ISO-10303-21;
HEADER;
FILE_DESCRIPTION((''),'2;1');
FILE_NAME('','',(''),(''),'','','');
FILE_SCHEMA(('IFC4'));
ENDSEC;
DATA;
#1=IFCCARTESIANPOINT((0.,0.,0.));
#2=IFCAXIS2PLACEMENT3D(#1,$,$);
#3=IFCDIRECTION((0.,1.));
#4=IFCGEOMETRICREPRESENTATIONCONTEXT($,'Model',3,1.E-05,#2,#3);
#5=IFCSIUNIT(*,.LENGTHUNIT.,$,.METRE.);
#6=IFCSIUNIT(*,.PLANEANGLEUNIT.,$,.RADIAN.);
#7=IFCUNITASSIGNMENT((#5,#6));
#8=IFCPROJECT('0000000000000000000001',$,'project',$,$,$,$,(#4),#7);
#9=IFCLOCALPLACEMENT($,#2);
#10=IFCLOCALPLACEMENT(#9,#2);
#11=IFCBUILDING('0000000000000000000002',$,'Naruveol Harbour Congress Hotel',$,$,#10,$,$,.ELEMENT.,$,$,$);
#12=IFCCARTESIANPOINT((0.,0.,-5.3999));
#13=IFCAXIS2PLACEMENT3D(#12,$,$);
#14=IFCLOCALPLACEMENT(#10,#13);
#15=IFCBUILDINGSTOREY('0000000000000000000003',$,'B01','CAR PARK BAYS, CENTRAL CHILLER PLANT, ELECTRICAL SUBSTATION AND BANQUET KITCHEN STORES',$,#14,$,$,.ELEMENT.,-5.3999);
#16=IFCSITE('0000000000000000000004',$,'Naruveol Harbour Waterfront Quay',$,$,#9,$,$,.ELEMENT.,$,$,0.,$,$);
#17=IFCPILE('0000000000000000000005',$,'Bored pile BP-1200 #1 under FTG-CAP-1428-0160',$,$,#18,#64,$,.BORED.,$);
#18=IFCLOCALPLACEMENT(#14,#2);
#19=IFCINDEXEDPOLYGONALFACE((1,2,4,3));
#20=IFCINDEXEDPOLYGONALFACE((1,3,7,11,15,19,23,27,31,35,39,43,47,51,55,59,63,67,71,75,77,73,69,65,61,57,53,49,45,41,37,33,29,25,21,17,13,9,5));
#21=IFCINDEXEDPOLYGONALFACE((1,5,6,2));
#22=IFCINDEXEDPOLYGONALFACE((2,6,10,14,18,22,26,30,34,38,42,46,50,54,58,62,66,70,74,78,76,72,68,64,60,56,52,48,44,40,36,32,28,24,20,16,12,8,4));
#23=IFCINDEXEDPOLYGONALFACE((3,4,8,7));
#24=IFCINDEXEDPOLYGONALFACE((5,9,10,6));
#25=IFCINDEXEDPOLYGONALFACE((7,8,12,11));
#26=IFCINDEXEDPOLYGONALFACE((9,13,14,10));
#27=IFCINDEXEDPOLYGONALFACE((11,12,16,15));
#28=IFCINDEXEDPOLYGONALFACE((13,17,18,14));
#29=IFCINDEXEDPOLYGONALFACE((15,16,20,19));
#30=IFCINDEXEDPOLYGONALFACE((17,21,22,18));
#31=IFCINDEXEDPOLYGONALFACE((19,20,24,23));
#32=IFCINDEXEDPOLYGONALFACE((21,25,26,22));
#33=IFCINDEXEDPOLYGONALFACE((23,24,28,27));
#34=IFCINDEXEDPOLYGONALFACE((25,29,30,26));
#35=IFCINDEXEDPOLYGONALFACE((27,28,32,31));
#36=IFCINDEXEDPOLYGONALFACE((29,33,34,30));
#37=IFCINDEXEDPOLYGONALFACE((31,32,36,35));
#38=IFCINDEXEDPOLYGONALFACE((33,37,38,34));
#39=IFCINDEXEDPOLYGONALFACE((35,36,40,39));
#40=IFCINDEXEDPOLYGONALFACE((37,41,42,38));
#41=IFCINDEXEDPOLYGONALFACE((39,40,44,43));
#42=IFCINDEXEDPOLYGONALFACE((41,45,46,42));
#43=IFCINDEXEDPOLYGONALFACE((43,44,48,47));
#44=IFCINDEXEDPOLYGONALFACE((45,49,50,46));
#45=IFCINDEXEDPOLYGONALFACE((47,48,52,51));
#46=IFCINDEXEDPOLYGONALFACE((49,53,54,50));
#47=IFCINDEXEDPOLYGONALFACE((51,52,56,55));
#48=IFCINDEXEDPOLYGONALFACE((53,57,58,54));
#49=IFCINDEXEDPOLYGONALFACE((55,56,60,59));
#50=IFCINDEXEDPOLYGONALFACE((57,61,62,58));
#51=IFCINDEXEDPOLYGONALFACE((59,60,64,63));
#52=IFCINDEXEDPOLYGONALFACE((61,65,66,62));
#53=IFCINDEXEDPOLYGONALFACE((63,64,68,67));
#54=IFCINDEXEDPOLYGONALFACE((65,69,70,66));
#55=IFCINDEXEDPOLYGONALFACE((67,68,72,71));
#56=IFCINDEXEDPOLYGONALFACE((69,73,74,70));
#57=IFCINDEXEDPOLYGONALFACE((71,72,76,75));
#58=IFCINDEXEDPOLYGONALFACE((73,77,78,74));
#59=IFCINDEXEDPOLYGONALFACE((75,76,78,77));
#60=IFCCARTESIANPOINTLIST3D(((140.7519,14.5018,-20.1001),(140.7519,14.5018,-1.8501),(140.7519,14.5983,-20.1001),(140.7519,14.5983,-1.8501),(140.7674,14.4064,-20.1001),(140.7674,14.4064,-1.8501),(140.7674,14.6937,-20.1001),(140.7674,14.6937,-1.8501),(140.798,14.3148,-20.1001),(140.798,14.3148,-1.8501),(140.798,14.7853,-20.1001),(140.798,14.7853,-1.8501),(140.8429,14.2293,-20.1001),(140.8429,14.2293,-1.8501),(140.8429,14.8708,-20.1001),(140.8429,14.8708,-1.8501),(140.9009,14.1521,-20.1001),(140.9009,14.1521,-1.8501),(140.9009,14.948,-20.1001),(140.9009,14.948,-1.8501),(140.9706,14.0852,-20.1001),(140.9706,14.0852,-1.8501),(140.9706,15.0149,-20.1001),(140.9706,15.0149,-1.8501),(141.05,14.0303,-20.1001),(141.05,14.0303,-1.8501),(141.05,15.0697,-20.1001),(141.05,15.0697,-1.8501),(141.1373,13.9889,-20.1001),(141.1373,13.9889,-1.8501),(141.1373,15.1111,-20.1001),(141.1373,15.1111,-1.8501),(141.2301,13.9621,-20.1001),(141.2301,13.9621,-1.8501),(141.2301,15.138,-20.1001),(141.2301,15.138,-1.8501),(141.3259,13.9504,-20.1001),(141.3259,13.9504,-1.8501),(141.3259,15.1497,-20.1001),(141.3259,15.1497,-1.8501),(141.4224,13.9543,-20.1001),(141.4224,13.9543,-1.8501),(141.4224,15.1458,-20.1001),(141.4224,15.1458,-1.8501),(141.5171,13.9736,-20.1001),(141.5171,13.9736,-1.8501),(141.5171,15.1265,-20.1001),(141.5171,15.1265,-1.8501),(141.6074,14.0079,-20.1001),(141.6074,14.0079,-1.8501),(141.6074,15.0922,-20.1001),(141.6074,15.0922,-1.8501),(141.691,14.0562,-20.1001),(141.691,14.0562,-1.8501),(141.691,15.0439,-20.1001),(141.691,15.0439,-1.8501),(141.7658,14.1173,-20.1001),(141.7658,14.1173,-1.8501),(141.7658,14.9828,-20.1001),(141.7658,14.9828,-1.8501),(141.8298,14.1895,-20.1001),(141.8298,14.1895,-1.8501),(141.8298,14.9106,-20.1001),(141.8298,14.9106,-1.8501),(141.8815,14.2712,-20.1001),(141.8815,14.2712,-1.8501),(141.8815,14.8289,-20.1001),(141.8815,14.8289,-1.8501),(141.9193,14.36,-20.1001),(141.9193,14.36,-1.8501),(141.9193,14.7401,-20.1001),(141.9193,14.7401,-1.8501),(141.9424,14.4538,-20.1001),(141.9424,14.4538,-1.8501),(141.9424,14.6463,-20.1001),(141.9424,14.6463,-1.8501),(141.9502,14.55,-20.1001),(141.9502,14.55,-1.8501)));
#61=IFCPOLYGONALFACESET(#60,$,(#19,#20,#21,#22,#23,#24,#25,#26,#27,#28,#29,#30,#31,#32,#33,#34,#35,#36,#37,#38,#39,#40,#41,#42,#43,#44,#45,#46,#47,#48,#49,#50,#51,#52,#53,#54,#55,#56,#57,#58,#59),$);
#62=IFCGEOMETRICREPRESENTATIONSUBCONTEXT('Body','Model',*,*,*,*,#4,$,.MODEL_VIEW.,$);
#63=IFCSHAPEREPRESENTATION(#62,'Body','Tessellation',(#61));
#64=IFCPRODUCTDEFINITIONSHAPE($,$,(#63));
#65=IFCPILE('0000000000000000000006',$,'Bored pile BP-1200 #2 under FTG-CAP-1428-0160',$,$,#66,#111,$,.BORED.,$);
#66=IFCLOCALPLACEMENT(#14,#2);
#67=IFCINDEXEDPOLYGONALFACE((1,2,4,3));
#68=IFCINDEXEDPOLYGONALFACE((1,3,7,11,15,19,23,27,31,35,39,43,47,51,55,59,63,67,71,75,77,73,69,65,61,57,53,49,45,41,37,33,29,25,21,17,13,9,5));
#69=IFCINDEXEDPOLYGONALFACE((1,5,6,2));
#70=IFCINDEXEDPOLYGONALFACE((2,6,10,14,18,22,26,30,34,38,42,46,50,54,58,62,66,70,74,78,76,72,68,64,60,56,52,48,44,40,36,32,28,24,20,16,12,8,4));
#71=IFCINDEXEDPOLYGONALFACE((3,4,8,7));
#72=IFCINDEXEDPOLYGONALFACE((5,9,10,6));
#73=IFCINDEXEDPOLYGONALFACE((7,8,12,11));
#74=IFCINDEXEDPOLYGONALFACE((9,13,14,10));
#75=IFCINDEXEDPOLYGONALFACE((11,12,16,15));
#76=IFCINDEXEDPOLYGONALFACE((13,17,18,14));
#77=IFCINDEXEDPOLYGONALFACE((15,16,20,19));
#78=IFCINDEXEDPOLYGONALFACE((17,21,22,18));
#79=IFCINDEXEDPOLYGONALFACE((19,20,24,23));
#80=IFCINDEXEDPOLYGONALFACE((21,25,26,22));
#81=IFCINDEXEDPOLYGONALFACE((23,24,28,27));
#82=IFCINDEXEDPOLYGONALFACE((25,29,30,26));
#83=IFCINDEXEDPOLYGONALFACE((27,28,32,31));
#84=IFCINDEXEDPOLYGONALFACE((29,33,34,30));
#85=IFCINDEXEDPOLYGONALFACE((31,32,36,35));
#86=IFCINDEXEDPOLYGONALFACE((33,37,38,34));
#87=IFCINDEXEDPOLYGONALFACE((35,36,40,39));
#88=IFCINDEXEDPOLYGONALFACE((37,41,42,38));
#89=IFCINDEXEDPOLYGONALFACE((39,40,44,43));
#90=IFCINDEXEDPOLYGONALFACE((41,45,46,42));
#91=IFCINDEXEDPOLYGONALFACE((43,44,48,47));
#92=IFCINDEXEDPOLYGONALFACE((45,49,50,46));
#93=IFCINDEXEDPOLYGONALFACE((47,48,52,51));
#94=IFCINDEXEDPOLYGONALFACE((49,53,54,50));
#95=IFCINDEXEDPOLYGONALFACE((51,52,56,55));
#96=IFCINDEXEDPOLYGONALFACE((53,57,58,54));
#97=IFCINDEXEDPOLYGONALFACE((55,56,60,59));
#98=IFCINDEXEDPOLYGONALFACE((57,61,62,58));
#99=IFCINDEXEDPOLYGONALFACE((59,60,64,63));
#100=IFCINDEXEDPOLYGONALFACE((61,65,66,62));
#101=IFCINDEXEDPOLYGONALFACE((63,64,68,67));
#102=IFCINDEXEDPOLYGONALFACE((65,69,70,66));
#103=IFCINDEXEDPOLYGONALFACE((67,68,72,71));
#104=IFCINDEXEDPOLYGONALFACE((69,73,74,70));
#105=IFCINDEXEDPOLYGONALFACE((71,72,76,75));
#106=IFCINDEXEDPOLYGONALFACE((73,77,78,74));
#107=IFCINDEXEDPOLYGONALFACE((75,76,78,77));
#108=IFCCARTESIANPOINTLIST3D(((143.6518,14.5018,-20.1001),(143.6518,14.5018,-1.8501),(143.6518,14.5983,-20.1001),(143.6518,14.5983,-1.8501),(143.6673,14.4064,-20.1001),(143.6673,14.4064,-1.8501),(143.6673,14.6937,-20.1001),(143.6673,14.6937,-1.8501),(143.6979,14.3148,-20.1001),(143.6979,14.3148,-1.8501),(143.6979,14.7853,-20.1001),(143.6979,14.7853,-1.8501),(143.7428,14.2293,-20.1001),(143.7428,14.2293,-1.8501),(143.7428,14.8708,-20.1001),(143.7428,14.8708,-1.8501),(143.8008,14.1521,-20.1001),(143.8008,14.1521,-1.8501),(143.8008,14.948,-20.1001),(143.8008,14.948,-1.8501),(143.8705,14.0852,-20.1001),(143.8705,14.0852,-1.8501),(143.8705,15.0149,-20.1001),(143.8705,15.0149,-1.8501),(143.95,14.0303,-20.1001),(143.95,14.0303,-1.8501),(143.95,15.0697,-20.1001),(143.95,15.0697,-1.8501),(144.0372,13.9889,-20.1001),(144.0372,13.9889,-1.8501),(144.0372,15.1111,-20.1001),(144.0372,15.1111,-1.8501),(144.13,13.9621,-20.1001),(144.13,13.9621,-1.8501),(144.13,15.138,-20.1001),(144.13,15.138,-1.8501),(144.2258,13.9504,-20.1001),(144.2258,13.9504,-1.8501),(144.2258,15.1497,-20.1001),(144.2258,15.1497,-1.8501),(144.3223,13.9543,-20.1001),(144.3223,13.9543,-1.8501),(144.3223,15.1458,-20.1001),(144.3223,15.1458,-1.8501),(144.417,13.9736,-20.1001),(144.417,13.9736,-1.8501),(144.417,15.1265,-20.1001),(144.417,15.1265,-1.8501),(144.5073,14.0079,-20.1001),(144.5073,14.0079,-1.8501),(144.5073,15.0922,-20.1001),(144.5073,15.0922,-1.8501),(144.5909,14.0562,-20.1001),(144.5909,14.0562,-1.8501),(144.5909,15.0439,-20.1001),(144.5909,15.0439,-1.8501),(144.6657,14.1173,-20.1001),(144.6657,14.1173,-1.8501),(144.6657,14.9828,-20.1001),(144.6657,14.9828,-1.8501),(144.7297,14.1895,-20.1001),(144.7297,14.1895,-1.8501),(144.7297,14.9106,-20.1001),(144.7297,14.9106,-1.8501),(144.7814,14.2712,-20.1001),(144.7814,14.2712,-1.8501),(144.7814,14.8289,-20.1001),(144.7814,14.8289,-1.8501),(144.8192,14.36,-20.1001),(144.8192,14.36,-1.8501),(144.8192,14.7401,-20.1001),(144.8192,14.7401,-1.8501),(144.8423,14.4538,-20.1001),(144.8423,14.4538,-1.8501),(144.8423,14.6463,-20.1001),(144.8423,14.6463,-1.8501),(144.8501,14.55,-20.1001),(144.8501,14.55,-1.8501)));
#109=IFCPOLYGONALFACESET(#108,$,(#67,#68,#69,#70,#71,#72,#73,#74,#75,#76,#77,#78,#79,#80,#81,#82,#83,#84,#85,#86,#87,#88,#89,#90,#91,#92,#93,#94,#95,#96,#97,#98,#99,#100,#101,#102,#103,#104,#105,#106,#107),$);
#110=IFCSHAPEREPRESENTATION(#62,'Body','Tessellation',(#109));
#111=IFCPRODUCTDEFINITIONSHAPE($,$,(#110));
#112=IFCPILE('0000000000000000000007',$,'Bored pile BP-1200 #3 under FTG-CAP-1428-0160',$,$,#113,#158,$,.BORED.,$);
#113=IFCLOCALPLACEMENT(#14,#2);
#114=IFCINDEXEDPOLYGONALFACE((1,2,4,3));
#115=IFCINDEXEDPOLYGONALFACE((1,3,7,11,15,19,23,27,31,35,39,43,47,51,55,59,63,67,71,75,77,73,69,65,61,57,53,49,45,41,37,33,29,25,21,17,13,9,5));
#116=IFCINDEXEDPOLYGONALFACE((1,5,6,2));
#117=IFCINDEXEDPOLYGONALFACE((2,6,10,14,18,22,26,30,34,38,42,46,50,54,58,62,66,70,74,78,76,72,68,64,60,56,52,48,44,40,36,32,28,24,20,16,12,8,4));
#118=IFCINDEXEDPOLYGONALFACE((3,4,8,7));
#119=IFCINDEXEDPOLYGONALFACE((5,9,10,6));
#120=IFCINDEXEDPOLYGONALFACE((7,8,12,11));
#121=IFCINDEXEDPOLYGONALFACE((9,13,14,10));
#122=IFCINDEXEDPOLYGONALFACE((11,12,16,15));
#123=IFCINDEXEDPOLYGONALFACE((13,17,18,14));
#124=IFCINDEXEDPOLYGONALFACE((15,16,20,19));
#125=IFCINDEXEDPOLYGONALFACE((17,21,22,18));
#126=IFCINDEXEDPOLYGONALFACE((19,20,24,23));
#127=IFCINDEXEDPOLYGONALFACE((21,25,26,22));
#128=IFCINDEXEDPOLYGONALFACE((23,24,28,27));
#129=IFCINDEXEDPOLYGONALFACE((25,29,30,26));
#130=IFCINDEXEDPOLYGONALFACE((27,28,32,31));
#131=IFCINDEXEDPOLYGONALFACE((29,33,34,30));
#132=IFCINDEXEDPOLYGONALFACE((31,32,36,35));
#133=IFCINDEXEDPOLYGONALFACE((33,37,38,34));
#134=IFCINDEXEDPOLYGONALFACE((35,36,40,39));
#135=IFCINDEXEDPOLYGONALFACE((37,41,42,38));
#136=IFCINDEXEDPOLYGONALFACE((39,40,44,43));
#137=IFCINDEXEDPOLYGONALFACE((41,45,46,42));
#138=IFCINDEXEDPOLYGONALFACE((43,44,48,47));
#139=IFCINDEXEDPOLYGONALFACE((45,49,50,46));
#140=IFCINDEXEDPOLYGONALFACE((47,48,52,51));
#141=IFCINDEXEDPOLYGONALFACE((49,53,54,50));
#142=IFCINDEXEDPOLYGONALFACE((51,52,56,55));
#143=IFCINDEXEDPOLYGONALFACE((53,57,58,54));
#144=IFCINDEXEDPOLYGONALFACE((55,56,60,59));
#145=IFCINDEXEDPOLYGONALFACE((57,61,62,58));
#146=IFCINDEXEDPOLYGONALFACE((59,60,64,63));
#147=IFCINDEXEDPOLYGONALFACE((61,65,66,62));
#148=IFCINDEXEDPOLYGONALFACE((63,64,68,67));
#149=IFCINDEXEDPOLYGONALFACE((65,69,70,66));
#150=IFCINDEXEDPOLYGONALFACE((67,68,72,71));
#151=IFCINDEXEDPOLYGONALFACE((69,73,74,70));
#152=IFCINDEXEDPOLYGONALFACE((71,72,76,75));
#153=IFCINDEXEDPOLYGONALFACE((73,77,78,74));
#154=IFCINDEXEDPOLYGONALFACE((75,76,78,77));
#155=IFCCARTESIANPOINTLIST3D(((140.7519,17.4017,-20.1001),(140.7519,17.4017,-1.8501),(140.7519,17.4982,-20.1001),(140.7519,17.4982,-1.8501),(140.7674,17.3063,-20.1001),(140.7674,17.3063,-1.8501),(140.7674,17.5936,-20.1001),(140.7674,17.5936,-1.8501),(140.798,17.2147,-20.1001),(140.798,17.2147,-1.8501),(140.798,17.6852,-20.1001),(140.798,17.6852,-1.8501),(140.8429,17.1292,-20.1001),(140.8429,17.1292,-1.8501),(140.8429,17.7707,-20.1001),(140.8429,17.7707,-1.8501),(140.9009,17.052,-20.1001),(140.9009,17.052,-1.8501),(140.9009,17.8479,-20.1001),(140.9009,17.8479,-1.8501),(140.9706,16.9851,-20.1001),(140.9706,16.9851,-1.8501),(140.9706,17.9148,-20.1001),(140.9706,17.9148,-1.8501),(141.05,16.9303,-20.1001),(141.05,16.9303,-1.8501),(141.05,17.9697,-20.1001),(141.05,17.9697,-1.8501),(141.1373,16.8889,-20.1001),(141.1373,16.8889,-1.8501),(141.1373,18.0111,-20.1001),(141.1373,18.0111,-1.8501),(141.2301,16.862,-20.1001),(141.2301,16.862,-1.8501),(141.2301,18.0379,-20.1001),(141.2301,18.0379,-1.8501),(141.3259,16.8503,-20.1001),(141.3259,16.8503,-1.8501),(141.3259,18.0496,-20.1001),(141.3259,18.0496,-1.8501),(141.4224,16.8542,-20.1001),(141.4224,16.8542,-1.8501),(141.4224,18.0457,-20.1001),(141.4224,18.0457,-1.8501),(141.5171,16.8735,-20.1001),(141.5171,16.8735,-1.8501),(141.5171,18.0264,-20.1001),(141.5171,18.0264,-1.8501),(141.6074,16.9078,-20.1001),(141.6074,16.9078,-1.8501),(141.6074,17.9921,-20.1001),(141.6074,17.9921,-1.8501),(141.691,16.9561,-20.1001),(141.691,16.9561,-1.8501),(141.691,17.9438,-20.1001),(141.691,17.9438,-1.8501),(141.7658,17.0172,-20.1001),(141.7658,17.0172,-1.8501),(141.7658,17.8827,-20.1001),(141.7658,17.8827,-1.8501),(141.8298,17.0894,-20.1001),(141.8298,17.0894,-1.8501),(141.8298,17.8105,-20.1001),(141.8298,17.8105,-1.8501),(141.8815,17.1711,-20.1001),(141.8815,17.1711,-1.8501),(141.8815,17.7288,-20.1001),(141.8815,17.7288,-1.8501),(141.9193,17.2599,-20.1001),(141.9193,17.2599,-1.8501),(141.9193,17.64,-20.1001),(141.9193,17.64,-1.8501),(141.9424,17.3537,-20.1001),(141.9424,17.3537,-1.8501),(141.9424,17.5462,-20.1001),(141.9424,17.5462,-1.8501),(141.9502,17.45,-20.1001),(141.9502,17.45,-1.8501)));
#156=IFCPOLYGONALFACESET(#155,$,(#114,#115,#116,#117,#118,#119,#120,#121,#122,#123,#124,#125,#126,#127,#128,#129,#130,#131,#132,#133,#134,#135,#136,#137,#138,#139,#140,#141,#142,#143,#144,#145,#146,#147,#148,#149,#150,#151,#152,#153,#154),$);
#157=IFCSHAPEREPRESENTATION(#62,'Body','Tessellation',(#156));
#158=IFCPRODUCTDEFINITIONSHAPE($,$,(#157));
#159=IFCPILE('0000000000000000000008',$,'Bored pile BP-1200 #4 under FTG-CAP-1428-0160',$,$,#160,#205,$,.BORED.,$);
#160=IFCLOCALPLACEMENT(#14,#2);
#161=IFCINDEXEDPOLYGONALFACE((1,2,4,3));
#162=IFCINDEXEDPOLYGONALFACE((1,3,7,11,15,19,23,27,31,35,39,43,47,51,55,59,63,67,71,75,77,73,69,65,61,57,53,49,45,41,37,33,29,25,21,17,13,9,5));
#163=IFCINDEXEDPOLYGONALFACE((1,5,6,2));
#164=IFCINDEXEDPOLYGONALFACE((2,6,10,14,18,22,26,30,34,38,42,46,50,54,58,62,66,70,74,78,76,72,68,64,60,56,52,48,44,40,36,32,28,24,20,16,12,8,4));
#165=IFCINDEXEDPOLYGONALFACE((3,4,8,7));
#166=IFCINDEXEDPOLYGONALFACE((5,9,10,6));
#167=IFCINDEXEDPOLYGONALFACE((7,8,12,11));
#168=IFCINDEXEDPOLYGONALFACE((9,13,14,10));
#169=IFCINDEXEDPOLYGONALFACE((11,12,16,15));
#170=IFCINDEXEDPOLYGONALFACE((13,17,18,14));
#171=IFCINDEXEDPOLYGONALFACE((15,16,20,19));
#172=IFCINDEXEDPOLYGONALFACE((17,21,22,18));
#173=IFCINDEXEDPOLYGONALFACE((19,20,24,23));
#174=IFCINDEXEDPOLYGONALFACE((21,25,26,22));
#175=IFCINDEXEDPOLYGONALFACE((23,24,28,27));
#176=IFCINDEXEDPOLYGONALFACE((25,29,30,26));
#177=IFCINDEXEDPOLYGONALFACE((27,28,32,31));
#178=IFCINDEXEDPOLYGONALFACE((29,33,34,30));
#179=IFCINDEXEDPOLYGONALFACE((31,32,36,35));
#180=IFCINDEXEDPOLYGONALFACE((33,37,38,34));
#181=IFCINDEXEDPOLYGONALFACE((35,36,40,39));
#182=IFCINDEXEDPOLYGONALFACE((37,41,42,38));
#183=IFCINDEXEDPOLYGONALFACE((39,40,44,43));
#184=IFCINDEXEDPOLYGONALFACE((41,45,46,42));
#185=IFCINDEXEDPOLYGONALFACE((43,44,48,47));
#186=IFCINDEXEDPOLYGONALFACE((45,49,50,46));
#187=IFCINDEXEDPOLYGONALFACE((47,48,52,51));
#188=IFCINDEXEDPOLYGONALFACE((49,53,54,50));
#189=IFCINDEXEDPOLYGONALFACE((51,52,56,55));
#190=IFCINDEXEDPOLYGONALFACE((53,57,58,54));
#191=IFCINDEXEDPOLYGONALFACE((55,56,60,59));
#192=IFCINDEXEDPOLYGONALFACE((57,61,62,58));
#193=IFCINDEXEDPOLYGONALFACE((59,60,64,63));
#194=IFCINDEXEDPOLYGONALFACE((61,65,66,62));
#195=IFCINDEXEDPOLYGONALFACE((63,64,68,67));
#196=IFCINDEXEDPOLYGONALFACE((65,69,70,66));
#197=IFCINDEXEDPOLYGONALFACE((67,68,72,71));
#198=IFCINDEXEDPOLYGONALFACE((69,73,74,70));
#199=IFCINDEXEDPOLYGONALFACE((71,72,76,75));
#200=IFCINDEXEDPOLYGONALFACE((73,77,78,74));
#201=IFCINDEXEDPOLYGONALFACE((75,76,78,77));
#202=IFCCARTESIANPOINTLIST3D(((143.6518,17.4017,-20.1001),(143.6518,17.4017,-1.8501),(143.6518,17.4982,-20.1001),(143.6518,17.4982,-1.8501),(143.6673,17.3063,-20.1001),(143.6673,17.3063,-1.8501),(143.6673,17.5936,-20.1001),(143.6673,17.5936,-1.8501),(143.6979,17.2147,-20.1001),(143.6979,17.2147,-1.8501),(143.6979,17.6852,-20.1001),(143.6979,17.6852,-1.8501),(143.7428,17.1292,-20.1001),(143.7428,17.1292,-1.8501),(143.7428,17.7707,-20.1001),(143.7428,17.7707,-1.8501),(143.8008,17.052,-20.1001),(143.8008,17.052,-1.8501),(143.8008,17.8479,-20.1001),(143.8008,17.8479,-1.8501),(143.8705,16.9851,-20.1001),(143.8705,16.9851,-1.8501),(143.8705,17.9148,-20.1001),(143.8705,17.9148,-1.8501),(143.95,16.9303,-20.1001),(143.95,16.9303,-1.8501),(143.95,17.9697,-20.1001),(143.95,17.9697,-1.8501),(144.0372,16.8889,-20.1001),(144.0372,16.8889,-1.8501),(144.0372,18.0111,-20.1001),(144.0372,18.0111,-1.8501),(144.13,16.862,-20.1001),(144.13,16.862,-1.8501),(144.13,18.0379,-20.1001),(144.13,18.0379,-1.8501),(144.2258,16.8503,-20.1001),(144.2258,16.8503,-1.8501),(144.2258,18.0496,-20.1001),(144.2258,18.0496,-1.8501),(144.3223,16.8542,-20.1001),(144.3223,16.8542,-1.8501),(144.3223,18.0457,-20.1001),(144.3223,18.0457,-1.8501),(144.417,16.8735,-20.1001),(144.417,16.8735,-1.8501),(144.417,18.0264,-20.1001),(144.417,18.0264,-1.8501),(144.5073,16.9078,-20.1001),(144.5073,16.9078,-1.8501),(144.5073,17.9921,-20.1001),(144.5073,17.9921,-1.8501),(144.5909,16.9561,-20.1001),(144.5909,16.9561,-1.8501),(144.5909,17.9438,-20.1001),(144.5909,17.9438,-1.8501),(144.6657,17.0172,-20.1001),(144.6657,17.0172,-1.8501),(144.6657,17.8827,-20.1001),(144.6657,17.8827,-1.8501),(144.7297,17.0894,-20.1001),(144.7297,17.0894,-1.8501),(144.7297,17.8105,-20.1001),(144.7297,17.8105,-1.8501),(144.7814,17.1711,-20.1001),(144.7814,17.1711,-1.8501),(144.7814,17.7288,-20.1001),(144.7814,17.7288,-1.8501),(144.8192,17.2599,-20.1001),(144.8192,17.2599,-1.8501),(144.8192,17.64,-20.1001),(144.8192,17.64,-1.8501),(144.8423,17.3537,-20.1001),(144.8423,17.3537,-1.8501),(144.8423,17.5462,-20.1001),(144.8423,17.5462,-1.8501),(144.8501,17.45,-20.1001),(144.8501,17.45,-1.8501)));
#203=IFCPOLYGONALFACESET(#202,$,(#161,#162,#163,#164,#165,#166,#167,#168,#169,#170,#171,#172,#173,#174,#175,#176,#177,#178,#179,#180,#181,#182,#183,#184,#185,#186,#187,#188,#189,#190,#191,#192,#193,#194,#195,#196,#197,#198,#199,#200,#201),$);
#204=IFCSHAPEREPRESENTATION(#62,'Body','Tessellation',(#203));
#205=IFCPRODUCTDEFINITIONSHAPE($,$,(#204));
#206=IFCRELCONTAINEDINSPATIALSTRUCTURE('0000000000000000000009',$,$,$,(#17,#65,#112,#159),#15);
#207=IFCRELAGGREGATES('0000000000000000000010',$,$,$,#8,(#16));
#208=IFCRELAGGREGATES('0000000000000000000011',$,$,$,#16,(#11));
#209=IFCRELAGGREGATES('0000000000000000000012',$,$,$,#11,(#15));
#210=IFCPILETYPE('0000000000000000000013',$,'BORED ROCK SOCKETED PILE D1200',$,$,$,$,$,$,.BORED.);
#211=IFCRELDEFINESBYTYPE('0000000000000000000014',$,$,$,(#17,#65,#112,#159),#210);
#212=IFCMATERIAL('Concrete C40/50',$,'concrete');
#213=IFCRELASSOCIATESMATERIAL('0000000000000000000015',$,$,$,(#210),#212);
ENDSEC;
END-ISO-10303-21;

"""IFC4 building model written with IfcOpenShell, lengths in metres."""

from ifc_helpers import new_model, si_unit, direction, frame, origin, origin_2d, place, context, subcontext, project, spatial, circle, extrude, material, material_profile, profile_set, type_object, element, save


model = new_model("IFC4")

# Units and contexts
model_context = context("Model", 3, precision=1e-05, world=origin(), true_north=direction((0.0, 1.0)))
body_context = subcontext(model_context, "Body", "Model", "MODEL_VIEW")
ifc_project = project(units=[si_unit("LENGTHUNIT", "METRE"), si_unit("PLANEANGLEUNIT", "RADIAN")], contexts=[model_context])

# Site, building, storey
site_placement = place(None, origin())
site = spatial("IfcSite", under=ifc_project, at=site_placement, Name="Naruveol Harbour Waterfront Quay", CompositionType="ELEMENT", RefElevation=0.0)
building_placement = place(site_placement, origin())
building = spatial("IfcBuilding", under=site, at=building_placement, Name="Naruveol Harbour Congress Hotel", CompositionType="ELEMENT")
storey_placement = place(building_placement, frame((0.0, 0.0, -5.3999)))
storey = spatial("IfcBuildingStorey", under=building, at=storey_placement, Name="B01", Description="CAR PARK BAYS, CENTRAL CHILLER PLANT, ELECTRICAL SUBSTATION AND BANQUET KITCHEN STORES", CompositionType="ELEMENT", Elevation=-5.3999)

# Piles
ifc_material_1 = material(Name="Concrete C40/50", Category="concrete")
ifc_material_profile_1 = material_profile(ifc_material_1, circle(Radius=0.6001, at=origin_2d()), Name="BP-1200")
ifc_profile_set_1 = profile_set([ifc_material_profile_1], Name="Concrete C40/50")
pile_type = type_object("IfcPileType", Name="BORED ROCK SOCKETED PILE D1200", PredefinedType="BORED", material=ifc_profile_set_1)
for number, where, z_axis, x_axis, name in (
    (1, (141.3501, 14.55, -1.8501), (0.0, 0.0, -1.0), (1.0, 0.0, 0.0), "Bored pile BP-1200 #1 under FTG-CAP-1428-0160"),
    (2, (144.25, 14.55, -1.8501), (0.0, 0.0, -1.0), (1.0, 0.0, 0.0), "Bored pile BP-1200 #2 under FTG-CAP-1428-0160"),
    (3, (141.3501, 17.45, -1.8501), (0.0, 0.0, -1.0), (1.0, 0.0, 0.0), "Bored pile BP-1200 #3 under FTG-CAP-1428-0160"),
    (4, (144.25, 17.45, -1.8501), (0.0, 0.0, -1.0), (1.0, 0.0, 0.0), "Bored pile BP-1200 #4 under FTG-CAP-1428-0160"),
):
    element("IfcPile", number, at=place(storey_placement, frame(where, z_axis=z_axis, x_axis=x_axis)), inside=storey, type_object=pile_type, Name=name, PredefinedType="BORED", context=body_context, shape_type="SweptSolid", body=[
        extrude(circle(Radius=0.6001, at=origin_2d()), origin(), (0.0, 0.0, 1.0), 18.25),
    ])

save(model, "model.ifc")
